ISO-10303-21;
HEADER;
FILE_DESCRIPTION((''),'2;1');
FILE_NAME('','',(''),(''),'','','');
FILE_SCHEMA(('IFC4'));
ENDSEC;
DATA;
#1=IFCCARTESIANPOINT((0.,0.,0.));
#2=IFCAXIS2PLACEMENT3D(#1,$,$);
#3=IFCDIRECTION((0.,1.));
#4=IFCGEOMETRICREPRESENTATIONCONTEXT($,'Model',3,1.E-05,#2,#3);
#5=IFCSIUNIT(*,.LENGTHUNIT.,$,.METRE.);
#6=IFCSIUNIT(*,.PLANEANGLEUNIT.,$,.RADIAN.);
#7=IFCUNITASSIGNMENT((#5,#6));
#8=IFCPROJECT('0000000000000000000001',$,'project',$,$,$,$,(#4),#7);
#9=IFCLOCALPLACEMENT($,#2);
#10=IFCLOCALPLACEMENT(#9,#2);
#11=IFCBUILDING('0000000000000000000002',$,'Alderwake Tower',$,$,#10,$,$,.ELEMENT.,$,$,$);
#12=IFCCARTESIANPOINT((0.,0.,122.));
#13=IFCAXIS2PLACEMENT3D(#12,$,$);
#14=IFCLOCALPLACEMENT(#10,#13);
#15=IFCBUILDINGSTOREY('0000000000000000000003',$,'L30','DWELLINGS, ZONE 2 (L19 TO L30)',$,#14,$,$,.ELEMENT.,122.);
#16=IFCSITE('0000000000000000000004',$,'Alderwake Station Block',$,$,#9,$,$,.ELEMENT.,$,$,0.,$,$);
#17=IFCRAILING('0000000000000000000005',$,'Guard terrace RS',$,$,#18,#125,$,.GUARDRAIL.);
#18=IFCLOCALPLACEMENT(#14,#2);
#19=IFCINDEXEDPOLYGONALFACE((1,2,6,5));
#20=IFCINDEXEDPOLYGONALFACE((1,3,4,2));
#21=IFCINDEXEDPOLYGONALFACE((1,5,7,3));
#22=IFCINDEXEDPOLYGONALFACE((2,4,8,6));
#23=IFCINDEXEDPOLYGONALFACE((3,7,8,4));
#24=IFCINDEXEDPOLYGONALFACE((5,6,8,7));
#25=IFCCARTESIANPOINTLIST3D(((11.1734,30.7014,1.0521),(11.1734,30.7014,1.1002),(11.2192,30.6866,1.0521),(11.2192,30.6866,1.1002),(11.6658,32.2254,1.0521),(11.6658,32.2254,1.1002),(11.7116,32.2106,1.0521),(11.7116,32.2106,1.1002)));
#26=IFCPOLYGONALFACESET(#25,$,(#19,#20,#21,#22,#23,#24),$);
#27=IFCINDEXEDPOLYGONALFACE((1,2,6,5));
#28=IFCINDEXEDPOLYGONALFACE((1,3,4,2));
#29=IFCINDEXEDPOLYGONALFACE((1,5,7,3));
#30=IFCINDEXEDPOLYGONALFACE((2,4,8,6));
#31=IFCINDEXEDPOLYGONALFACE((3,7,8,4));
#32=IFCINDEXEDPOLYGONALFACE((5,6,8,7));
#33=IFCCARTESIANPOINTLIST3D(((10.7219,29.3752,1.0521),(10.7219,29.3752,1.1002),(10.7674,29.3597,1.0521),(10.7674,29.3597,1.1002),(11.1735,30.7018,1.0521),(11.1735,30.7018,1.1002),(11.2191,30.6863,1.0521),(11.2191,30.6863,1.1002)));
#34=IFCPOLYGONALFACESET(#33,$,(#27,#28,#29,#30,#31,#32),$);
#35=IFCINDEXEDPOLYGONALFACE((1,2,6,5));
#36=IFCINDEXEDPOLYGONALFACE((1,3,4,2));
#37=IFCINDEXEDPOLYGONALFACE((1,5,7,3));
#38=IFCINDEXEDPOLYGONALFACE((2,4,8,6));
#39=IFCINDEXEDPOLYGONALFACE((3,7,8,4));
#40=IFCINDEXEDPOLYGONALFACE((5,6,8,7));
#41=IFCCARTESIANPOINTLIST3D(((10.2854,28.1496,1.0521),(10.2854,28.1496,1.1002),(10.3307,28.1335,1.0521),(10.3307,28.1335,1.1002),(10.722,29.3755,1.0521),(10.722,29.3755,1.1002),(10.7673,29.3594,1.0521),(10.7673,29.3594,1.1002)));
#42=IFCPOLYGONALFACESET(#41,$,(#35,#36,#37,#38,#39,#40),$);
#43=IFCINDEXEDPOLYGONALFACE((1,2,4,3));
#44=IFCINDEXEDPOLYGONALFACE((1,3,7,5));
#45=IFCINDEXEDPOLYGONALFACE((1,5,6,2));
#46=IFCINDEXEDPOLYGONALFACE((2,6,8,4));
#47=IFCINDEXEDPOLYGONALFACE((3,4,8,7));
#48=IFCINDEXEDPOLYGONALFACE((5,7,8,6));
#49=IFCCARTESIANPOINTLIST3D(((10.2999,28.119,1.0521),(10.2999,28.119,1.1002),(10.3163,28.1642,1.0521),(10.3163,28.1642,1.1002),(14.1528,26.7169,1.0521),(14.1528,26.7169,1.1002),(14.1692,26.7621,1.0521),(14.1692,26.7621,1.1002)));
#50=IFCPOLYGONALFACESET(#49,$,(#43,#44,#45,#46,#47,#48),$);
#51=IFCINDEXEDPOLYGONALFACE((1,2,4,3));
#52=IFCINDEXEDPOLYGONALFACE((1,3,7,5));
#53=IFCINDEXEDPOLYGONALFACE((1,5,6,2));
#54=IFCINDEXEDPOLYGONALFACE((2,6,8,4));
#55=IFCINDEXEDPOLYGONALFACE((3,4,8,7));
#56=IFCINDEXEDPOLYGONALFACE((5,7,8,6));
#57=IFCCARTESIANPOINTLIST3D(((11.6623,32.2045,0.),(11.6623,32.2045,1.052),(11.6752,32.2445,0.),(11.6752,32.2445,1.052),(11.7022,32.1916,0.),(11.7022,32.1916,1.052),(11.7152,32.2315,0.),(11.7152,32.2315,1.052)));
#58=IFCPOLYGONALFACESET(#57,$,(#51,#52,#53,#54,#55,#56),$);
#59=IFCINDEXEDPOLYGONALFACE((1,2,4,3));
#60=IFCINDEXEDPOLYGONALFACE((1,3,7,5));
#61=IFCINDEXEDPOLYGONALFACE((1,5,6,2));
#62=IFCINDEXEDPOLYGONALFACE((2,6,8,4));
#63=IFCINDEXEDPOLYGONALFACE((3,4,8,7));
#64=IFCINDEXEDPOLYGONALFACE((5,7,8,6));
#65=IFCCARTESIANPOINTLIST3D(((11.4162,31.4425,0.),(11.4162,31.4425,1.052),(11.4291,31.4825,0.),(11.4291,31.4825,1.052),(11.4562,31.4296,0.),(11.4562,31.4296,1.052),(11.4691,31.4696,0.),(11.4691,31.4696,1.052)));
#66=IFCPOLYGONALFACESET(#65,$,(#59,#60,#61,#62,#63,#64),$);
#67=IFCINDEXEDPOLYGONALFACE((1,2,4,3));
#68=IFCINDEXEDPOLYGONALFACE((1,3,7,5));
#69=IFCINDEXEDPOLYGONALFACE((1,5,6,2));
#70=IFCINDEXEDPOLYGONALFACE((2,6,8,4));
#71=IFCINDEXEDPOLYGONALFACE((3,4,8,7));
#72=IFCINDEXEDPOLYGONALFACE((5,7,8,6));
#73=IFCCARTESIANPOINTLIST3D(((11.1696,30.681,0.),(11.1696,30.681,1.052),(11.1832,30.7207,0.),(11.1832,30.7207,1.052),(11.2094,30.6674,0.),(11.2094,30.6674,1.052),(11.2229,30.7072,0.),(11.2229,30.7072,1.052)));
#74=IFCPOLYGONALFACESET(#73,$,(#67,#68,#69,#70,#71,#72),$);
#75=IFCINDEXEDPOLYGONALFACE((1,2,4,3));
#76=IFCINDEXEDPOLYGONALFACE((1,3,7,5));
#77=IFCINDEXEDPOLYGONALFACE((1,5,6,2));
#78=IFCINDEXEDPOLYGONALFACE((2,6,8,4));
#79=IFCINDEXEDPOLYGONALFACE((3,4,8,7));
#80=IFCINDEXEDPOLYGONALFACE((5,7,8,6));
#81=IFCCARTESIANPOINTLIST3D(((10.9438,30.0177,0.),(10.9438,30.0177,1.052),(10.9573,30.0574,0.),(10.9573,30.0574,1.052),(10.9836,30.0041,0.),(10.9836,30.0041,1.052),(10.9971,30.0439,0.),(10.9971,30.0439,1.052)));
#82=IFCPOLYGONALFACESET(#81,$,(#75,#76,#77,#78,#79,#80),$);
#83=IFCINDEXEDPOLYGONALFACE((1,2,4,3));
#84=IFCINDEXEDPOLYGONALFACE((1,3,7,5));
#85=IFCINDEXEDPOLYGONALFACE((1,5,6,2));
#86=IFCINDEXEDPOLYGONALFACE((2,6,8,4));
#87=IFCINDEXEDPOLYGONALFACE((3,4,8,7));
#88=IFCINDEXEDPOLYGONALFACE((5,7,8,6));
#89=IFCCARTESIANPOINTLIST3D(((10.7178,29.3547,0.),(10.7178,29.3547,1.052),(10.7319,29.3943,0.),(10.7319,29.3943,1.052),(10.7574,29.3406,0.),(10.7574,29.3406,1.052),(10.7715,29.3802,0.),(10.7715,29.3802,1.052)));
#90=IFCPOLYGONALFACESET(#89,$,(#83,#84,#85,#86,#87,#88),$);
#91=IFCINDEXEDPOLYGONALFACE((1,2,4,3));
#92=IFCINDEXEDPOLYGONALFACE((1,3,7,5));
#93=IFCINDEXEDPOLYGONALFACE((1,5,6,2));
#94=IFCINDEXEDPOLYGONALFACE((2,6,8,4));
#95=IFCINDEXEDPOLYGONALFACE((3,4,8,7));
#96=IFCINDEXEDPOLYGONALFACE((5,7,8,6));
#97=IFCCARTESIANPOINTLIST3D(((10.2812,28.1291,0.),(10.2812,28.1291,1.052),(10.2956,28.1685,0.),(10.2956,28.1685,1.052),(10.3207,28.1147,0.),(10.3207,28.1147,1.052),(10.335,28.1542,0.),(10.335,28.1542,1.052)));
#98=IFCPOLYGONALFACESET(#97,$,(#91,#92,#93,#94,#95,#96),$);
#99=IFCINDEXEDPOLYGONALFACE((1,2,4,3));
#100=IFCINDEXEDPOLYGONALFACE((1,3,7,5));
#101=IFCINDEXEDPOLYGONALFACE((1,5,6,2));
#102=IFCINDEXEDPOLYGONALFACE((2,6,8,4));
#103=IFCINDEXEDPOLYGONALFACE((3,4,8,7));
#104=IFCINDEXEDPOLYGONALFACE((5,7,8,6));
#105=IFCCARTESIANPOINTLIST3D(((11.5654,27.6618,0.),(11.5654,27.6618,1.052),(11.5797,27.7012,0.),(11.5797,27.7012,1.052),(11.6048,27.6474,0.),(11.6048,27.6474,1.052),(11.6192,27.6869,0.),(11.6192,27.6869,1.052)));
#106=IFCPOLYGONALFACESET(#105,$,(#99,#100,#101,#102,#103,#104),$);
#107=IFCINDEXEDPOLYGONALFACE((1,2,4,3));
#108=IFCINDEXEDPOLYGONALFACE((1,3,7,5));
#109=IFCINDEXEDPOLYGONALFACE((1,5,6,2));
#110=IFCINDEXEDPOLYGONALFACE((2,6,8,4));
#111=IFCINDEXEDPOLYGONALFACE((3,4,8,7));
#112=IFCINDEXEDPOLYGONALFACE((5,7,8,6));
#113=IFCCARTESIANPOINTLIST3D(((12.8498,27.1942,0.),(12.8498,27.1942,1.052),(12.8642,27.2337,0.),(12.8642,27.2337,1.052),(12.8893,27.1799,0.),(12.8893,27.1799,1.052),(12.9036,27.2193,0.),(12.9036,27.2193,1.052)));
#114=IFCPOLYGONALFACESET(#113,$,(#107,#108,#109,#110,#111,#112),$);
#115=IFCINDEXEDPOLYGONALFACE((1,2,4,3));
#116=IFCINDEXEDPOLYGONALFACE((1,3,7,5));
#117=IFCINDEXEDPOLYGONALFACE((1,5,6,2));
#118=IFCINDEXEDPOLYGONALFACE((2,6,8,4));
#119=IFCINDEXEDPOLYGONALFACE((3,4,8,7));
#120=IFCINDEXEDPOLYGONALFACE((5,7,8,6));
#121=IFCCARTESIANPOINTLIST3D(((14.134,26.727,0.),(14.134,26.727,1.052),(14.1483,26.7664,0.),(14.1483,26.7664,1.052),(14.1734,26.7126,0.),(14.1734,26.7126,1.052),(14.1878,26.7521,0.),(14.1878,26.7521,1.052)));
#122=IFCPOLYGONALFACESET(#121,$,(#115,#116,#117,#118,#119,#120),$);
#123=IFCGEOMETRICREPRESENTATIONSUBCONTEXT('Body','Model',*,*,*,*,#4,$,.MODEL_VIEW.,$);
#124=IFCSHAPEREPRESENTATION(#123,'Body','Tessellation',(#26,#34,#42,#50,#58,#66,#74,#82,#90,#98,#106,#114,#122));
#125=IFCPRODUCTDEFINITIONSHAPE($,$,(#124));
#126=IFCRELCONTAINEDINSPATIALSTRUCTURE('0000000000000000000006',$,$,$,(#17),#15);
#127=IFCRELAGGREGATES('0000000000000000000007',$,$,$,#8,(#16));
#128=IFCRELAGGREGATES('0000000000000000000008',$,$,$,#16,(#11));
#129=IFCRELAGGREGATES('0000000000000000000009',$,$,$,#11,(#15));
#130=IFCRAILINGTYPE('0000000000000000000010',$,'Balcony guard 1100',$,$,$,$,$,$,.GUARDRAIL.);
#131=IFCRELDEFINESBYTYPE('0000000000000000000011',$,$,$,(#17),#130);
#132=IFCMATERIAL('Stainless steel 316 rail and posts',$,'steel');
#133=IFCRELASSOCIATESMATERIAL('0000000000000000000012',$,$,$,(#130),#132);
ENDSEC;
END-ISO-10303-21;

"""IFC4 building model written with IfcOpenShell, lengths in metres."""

from ifc_helpers import new_model, si_unit, direction, frame, origin, origin_2d, place, context, subcontext, project, spatial, rectangle, extrude, material, type_object, element, save


model = new_model("IFC4")

# Units and contexts
model_context = context("Model", 3, precision=1e-05, world=origin(), true_north=direction((0.0, 1.0)))
body_context = subcontext(model_context, "Body", "Model", "MODEL_VIEW")
ifc_project = project(units=[si_unit("LENGTHUNIT", "METRE"), si_unit("PLANEANGLEUNIT", "RADIAN")], contexts=[model_context])

# Site, building, storey
site_placement = place(None, origin())
site = spatial("IfcSite", under=ifc_project, at=site_placement, Name="Alderwake Station Block", CompositionType="ELEMENT", RefElevation=0.0)
building_placement = place(site_placement, origin())
building = spatial("IfcBuilding", under=site, at=building_placement, Name="Alderwake Tower", CompositionType="ELEMENT")
storey_placement = place(building_placement, frame((0.0, 0.0, 122.0)))
storey = spatial("IfcBuildingStorey", under=building, at=storey_placement, Name="L30", Description="DWELLINGS, ZONE 2 (L19 TO L30)", CompositionType="ELEMENT", Elevation=122.0)

# Railing
ifc_material_1 = material(Name="Stainless steel 316 rail and posts", Category="steel")
railing_type = type_object("IfcRailingType", Name="Balcony guard 1100", PredefinedType="GUARDRAIL", material=ifc_material_1)
railing_1_placement = place(storey_placement, frame((11.6887, 32.218, 0.0)))
element("IfcRailing", 1, at=railing_1_placement, inside=storey, type_object=railing_type, Name="Guard terrace RS", PredefinedType="GUARDRAIL", context=body_context, shape_type="SweptSolid", body=[
    extrude(rectangle(XDim=0.0481, YDim=0.0481, at=origin_2d()), frame((0.0, 0.0, 1.0762), z_axis=(-0.307479, -0.951555, 0.0), x_axis=(0.951555, -0.307479, 0.0)), (0.0, 0.0, 1.0), 1.6016),
    extrude(rectangle(XDim=0.0481, YDim=0.0481, at=origin_2d()), frame((-0.4924, -1.5239, 1.0762), z_axis=(-0.322284, -0.946643, 0.0), x_axis=(0.946643, -0.322284, 0.0)), (0.0, 0.0, 1.0), 1.4014),
    extrude(rectangle(XDim=0.0481, YDim=0.0481, at=origin_2d()), frame((-0.9441, -2.8506, 1.0762), z_axis=(-0.335469, -0.942051, 0.0), x_axis=(0.942051, -0.335469, 0.0)), (0.0, 0.0, 1.0), 1.3013),
    extrude(rectangle(XDim=0.0481, YDim=0.0481, at=origin_2d()), frame((-1.3806, -4.0764, 1.0762), z_axis=(0.939708, -0.341977, 0.0), x_axis=(0.341977, 0.939708, 0.0)), (0.0, 0.0, 1.0), 4.1001),
    extrude(rectangle(XDim=0.042, YDim=0.042, at=origin_2d()), frame((0.0, 0.0, 0.0), z_axis=(0.0, 0.0, 1.0), x_axis=(-0.307479, -0.951555, 0.0)), (0.0, 0.0, 1.0), 1.052),
    extrude(rectangle(XDim=0.042, YDim=0.042, at=origin_2d()), frame((-0.2461, -0.762, 0.0), z_axis=(0.0, 0.0, 1.0), x_axis=(-0.307479, -0.951555, 0.0)), (0.0, 0.0, 1.0), 1.052),
    extrude(rectangle(XDim=0.042, YDim=0.042, at=origin_2d()), frame((-0.4924, -1.5239, 0.0), z_axis=(0.0, 0.0, 1.0), x_axis=(-0.322284, -0.946643, 0.0)), (0.0, 0.0, 1.0), 1.052),
    extrude(rectangle(XDim=0.042, YDim=0.042, at=origin_2d()), frame((-0.7183, -2.1873, 0.0), z_axis=(0.0, 0.0, 1.0), x_axis=(-0.322284, -0.946643, 0.0)), (0.0, 0.0, 1.0), 1.052),
    extrude(rectangle(XDim=0.042, YDim=0.042, at=origin_2d()), frame((-0.9441, -2.8506, 0.0), z_axis=(0.0, 0.0, 1.0), x_axis=(-0.335469, -0.942051, 0.0)), (0.0, 0.0, 1.0), 1.052),
    extrude(rectangle(XDim=0.042, YDim=0.042, at=origin_2d()), frame((-1.3806, -4.0764, 0.0), z_axis=(0.0, 0.0, 1.0), x_axis=(0.939708, -0.341977, 0.0)), (0.0, 0.0, 1.0), 1.052),
    extrude(rectangle(XDim=0.042, YDim=0.042, at=origin_2d()), frame((-0.0964, -4.5437, 0.0), z_axis=(0.0, 0.0, 1.0), x_axis=(0.939708, -0.341977, 0.0)), (0.0, 0.0, 1.0), 1.052),
    extrude(rectangle(XDim=0.042, YDim=0.042, at=origin_2d()), frame((1.188, -5.0112, 0.0), z_axis=(0.0, 0.0, 1.0), x_axis=(0.939708, -0.341977, 0.0)), (0.0, 0.0, 1.0), 1.052),
    extrude(rectangle(XDim=0.042, YDim=0.042, at=origin_2d()), frame((2.4722, -5.4785, 0.0), z_axis=(0.0, 0.0, 1.0), x_axis=(0.939708, -0.341977, 0.0)), (0.0, 0.0, 1.0), 1.052),
])

save(model, "model.ifc")
